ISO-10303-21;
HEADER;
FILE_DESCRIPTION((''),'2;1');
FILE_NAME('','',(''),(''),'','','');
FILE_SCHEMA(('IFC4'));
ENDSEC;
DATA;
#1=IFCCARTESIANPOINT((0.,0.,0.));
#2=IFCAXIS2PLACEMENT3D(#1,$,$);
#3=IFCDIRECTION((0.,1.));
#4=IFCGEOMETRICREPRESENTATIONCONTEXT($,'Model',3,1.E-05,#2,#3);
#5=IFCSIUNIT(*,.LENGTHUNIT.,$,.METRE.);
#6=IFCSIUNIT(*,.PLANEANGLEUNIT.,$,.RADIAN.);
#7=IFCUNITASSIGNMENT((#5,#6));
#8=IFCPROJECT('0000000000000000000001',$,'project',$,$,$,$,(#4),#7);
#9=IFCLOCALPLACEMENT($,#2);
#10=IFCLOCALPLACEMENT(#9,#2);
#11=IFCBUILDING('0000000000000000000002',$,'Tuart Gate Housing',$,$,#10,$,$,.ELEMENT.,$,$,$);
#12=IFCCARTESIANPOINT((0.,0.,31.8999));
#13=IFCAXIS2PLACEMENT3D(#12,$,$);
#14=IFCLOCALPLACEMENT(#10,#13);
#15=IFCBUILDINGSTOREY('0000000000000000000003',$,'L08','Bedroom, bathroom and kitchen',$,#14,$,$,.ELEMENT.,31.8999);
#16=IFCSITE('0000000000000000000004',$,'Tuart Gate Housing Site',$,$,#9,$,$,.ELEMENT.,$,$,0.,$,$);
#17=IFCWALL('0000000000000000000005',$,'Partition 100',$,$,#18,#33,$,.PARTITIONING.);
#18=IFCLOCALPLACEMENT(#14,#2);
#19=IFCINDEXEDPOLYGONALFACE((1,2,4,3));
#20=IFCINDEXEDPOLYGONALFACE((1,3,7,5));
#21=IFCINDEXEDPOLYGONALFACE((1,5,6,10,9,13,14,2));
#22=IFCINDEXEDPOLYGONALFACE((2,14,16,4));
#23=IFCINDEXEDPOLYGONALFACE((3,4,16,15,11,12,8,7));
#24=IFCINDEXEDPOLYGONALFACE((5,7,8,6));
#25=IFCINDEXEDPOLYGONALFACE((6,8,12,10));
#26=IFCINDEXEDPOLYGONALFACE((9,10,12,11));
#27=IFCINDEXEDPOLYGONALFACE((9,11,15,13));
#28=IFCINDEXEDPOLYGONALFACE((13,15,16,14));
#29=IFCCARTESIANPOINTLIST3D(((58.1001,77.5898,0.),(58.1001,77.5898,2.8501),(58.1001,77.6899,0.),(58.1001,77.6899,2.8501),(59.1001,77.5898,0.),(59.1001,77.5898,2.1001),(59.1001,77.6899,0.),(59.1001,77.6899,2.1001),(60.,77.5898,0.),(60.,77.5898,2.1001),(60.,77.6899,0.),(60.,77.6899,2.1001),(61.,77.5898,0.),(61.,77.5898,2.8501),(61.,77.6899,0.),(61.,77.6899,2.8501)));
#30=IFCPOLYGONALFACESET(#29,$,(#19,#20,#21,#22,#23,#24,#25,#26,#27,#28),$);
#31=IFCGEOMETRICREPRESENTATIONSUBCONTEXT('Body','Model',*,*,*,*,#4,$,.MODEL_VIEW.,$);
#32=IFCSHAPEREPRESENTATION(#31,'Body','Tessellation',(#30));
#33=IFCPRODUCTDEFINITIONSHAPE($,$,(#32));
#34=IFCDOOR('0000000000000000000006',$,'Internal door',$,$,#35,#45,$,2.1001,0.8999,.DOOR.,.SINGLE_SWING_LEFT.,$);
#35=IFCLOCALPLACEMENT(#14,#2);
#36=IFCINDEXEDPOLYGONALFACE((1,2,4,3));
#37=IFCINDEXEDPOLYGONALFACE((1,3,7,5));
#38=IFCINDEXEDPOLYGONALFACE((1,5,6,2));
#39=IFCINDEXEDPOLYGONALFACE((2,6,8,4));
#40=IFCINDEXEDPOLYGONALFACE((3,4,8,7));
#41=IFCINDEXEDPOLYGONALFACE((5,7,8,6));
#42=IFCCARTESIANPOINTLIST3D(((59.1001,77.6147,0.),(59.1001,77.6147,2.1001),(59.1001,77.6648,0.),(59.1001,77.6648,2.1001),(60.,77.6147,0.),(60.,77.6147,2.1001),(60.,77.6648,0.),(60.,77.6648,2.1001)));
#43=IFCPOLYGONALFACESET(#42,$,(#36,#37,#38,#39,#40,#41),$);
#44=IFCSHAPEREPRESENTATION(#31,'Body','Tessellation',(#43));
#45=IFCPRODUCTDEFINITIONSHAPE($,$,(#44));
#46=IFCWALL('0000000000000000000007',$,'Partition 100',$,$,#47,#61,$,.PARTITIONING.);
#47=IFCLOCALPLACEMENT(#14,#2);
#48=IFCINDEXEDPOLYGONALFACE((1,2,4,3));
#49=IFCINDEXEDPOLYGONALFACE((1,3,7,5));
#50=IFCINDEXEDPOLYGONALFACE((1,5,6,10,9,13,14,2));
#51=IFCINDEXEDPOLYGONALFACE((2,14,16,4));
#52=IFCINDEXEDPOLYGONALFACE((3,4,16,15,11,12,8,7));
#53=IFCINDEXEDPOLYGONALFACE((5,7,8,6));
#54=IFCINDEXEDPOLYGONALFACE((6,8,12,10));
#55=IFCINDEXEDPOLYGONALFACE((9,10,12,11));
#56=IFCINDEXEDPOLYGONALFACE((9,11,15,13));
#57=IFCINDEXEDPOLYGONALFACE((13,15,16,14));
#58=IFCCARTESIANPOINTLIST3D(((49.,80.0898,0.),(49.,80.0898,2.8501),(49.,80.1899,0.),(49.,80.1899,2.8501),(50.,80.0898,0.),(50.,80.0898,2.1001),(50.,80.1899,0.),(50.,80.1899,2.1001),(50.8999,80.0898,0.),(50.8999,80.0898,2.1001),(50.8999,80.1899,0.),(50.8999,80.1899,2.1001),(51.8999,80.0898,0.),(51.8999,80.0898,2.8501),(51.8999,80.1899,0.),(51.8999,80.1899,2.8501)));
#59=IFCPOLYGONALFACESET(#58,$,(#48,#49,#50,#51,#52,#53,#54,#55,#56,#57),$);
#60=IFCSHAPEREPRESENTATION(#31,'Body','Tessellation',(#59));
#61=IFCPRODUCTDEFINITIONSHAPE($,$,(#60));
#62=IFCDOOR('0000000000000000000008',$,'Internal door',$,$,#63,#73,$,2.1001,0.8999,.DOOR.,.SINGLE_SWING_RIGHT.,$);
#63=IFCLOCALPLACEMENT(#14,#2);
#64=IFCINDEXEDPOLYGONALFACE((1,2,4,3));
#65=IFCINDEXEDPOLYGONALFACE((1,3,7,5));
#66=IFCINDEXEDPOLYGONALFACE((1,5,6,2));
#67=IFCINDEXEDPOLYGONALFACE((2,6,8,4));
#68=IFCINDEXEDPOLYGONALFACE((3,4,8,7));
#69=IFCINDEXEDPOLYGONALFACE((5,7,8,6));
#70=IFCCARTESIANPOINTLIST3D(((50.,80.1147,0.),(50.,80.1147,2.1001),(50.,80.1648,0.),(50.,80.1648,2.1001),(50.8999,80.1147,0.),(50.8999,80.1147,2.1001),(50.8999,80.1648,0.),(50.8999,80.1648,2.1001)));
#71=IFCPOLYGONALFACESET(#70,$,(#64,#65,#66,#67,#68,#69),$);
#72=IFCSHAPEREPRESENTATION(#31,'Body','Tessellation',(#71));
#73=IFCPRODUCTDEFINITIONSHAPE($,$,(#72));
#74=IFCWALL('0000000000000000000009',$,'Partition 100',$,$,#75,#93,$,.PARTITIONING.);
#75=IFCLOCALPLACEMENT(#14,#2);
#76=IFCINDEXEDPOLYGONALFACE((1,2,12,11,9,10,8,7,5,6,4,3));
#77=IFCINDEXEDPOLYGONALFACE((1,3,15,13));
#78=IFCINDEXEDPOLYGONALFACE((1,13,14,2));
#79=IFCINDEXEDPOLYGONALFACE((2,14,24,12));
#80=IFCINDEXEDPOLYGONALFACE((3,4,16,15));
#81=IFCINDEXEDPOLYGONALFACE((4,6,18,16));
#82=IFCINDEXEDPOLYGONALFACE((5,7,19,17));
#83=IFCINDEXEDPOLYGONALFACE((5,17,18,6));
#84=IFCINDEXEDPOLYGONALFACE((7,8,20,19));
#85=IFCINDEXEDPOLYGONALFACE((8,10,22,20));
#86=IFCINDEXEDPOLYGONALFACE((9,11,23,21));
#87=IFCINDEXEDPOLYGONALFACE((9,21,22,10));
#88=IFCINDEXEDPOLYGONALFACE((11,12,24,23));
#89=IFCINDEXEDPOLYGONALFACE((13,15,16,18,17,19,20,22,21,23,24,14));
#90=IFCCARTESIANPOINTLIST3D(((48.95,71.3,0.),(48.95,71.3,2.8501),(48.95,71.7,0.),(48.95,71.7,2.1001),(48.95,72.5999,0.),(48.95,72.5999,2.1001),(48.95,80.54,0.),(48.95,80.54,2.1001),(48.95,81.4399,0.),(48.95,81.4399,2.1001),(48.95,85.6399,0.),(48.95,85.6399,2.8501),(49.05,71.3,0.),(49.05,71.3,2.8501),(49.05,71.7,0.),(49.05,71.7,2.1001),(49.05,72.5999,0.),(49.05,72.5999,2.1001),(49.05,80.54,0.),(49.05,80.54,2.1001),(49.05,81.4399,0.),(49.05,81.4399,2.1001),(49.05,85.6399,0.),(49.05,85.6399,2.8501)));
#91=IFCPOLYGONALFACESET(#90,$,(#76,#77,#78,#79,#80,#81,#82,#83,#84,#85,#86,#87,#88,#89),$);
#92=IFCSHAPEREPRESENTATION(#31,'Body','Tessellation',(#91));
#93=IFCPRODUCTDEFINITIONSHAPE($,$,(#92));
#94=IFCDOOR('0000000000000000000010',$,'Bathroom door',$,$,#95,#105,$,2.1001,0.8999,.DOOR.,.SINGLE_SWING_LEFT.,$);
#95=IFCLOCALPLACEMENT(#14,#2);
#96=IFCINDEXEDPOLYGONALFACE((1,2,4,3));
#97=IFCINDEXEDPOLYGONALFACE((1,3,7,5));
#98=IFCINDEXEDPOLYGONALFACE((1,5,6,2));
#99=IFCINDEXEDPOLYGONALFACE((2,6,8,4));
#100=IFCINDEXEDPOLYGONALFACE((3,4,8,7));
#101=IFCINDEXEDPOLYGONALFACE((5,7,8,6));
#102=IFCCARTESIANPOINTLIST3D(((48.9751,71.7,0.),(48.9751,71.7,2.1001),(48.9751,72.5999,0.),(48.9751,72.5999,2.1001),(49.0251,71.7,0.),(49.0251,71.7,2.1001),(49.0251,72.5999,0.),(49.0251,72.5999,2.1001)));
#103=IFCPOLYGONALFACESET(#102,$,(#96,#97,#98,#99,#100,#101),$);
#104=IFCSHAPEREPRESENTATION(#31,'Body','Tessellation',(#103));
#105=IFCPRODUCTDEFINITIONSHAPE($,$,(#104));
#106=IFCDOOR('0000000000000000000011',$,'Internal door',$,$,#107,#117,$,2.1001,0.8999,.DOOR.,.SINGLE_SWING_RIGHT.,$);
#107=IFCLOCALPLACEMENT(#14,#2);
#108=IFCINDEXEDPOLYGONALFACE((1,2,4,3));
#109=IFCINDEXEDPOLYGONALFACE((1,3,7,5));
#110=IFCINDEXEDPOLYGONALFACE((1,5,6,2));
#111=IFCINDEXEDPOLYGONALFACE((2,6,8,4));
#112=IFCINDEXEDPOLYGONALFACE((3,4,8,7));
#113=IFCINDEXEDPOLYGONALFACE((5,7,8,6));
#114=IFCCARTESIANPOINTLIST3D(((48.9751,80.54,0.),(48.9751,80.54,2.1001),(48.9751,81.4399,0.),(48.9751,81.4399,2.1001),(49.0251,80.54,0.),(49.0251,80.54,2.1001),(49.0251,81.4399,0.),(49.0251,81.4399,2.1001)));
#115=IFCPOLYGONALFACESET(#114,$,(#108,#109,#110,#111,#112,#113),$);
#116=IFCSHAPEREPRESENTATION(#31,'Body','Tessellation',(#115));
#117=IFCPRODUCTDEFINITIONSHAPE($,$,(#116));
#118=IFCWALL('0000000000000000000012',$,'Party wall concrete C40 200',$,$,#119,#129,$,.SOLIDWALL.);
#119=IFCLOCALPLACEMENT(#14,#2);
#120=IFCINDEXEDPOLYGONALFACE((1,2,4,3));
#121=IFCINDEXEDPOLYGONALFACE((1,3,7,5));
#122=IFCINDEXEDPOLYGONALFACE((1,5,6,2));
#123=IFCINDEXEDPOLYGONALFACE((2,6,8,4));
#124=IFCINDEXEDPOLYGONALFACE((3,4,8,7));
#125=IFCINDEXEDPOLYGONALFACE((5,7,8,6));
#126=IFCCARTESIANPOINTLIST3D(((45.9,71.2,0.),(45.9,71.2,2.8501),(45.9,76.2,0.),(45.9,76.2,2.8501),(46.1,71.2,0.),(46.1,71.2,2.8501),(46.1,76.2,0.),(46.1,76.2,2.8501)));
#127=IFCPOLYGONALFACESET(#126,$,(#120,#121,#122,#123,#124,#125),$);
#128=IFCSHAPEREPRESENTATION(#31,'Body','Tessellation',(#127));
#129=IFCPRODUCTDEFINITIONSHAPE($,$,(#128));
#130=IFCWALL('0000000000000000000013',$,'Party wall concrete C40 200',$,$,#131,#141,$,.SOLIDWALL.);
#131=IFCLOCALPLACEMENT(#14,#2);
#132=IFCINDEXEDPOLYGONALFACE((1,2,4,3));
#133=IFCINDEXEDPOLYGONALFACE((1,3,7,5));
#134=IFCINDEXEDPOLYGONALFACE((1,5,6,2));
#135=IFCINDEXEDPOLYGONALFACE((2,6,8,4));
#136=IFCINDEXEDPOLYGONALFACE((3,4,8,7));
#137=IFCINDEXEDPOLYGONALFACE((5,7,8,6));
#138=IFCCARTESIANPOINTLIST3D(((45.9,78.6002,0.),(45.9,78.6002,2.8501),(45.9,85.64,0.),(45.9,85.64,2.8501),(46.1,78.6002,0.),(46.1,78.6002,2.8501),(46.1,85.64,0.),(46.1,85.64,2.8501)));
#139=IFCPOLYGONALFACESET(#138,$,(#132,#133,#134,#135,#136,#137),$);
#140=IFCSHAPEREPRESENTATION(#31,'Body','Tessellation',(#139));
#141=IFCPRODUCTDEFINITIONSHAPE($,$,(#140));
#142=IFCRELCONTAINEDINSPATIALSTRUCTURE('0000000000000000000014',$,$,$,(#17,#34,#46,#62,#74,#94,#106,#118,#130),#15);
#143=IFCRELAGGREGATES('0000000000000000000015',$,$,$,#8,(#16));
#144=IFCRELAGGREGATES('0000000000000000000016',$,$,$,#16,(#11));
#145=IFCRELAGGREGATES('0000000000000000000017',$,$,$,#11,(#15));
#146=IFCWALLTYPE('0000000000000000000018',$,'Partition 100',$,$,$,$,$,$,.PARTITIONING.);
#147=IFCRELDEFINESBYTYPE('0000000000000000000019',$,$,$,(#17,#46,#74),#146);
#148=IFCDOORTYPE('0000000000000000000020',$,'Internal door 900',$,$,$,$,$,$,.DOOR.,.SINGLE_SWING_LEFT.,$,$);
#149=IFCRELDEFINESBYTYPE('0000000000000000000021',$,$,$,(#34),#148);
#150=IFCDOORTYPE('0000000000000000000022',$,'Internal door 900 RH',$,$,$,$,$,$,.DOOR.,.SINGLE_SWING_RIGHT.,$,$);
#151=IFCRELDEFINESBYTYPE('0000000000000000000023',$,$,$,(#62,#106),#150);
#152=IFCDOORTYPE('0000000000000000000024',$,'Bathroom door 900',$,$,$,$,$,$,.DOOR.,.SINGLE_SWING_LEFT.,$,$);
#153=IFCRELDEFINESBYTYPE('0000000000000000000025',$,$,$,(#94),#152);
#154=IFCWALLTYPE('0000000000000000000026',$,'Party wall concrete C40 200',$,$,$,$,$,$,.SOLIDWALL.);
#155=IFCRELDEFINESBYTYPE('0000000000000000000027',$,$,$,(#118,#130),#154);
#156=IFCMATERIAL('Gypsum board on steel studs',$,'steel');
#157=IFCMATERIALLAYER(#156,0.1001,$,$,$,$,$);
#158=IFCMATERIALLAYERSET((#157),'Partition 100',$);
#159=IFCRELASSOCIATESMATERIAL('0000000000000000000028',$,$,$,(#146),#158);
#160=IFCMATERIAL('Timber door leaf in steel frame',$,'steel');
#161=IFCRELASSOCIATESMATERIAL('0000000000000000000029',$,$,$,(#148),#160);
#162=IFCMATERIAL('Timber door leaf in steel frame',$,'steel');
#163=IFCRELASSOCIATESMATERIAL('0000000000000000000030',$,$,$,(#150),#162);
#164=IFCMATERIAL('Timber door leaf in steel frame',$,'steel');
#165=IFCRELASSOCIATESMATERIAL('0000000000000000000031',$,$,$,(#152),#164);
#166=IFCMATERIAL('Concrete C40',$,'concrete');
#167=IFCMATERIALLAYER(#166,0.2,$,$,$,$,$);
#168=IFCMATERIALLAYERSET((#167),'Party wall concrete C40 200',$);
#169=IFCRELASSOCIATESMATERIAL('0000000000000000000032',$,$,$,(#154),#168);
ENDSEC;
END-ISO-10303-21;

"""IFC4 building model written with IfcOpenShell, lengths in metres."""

from ifc_helpers import new_model, si_unit, direction, frame, frame_2d, origin, place, context, subcontext, project, spatial, rectangle, extrude, material, layer, layer_set, type_object, element, fill, save


model = new_model("IFC4")

# Units and contexts
model_context = context("Model", 3, precision=1e-05, world=origin(), true_north=direction((0.0, 1.0)))
body_context = subcontext(model_context, "Body", "Model", "MODEL_VIEW")
ifc_project = project(units=[si_unit("LENGTHUNIT", "METRE"), si_unit("PLANEANGLEUNIT", "RADIAN")], contexts=[model_context])

# Site, building, storey
site_placement = place(None, origin())
site = spatial("IfcSite", under=ifc_project, at=site_placement, Name="Tuart Gate Housing Site", CompositionType="ELEMENT", RefElevation=0.0)
building_placement = place(site_placement, origin())
building = spatial("IfcBuilding", under=site, at=building_placement, Name="Tuart Gate Housing", CompositionType="ELEMENT")
storey_placement = place(building_placement, frame((0.0, 0.0, 31.8999)))
storey = spatial("IfcBuildingStorey", under=building, at=storey_placement, Name="L08", Description="Bedroom, bathroom and kitchen", CompositionType="ELEMENT", Elevation=31.8999)

# Shared definitions
ifc_material_1 = material(Name="Gypsum board on steel studs", Category="steel")
ifc_layer_1 = layer(ifc_material_1, 0.1001)
ifc_layer_set_1 = layer_set([ifc_layer_1], Name="Partition 100")
wall_type_1 = type_object("IfcWallType", Name="Partition 100", PredefinedType="PARTITIONING", material=ifc_layer_set_1)

# Walls, openings, doors
wall_1_placement = place(storey_placement, frame((58.1001, 77.6399, 0.0), z_axis=(0.0, 0.0, 1.0), x_axis=(1.0, 0.0, 0.0)))
wall_1 = element("IfcWall", 1, at=wall_1_placement, inside=storey, type_object=wall_type_1, Name="Partition 100", PredefinedType="PARTITIONING", context=body_context, shape_type="SweptSolid", body=[
    extrude(rectangle(XDim=2.8999, YDim=0.1001, at=frame_2d((1.45, 0.0))), origin(), (0.0, 0.0, 1.0), 2.8501),
])
opening_1_placement = place(wall_1_placement, frame((1.0, 0.0, 0.0)))
opening_1 = element("IfcOpeningElement", 2, at=opening_1_placement, cuts=wall_1, PredefinedType="OPENING", context=body_context, shape_type="SweptSolid", body=[
    extrude(rectangle(XDim=0.8999, YDim=2.1001, at=frame_2d((0.45, 1.05))), frame((0.0, 0.0601, 0.0), z_axis=(0.0, -1.0, 0.0), x_axis=(1.0, 0.0, 0.0)), (0.0, 0.0, 1.0), 0.1201),
])
ifc_material_2 = material(Name="Timber door leaf in steel frame", Category="steel")
door_type_1 = type_object("IfcDoorType", Name="Internal door 900", OperationType="SINGLE_SWING_LEFT", PredefinedType="DOOR", material=ifc_material_2)
door_1_placement = place(opening_1_placement, frame((0.8999, 0.0, 0.0), z_axis=(0.0, 0.0, 1.0), x_axis=(-1.0, 0.0, 0.0)))
door_1 = element("IfcDoor", 3, at=door_1_placement, inside=storey, type_object=door_type_1, Name="Internal door", OperationType="SINGLE_SWING_LEFT", OverallHeight=2.1001, OverallWidth=0.8999, PredefinedType="DOOR", context=body_context, shape_type="SweptSolid", body=[
    extrude(rectangle(XDim=0.8999, YDim=2.1001, at=frame_2d((0.45, 1.05))), frame((0.0, 0.0251, 0.0), z_axis=(0.0, -1.0, 0.0), x_axis=(1.0, 0.0, 0.0)), (0.0, 0.0, 1.0), 0.05),
])
fill(opening_1, door_1)
wall_2_placement = place(storey_placement, frame((49.0, 80.1399, 0.0), z_axis=(0.0, 0.0, 1.0), x_axis=(1.0, 0.0, 0.0)))
wall_2 = element("IfcWall", 4, at=wall_2_placement, inside=storey, type_object=wall_type_1, Name="Partition 100", PredefinedType="PARTITIONING", context=body_context, shape_type="SweptSolid", body=[
    extrude(rectangle(XDim=2.8999, YDim=0.1001, at=frame_2d((1.45, 0.0))), origin(), (0.0, 0.0, 1.0), 2.8501),
])
opening_2_placement = place(wall_2_placement, frame((1.0, 0.0, 0.0)))
opening_2 = element("IfcOpeningElement", 5, at=opening_2_placement, cuts=wall_2, PredefinedType="OPENING", context=body_context, shape_type="SweptSolid", body=[
    extrude(rectangle(XDim=0.8999, YDim=2.1001, at=frame_2d((0.45, 1.05))), frame((0.0, 0.0601, 0.0), z_axis=(0.0, -1.0, 0.0), x_axis=(1.0, 0.0, 0.0)), (0.0, 0.0, 1.0), 0.1201),
])
ifc_material_3 = material(Name="Timber door leaf in steel frame", Category="steel")
door_type_2 = type_object("IfcDoorType", Name="Internal door 900 RH", OperationType="SINGLE_SWING_RIGHT", PredefinedType="DOOR", material=ifc_material_3)
door_2_placement = place(opening_2_placement, frame((0.8999, 0.0, 0.0), z_axis=(0.0, 0.0, 1.0), x_axis=(-1.0, 0.0, 0.0)))
door_2 = element("IfcDoor", 6, at=door_2_placement, inside=storey, type_object=door_type_2, Name="Internal door", OperationType="SINGLE_SWING_RIGHT", OverallHeight=2.1001, OverallWidth=0.8999, PredefinedType="DOOR", context=body_context, shape_type="SweptSolid", body=[
    extrude(rectangle(XDim=0.8999, YDim=2.1001, at=frame_2d((0.45, 1.05))), frame((0.0, 0.0251, 0.0), z_axis=(0.0, -1.0, 0.0), x_axis=(1.0, 0.0, 0.0)), (0.0, 0.0, 1.0), 0.05),
])
fill(opening_2, door_2)

# Wall, openings, doors
wall_3_placement = place(storey_placement, frame((49.0, 71.3, 0.0), z_axis=(0.0, 0.0, 1.0), x_axis=(0.0, 1.0, 0.0)))
wall_3 = element("IfcWall", 7, at=wall_3_placement, inside=storey, type_object=wall_type_1, Name="Partition 100", PredefinedType="PARTITIONING", context=body_context, shape_type="SweptSolid", body=[
    extrude(rectangle(XDim=14.3398, YDim=0.1001, at=frame_2d((7.1699, 0.0))), origin(), (0.0, 0.0, 1.0), 2.8501),
])
opening_3_placement = place(wall_3_placement, frame((9.24, 0.0, 0.0)))
opening_3 = element("IfcOpeningElement", 8, at=opening_3_placement, cuts=wall_3, PredefinedType="OPENING", context=body_context, shape_type="SweptSolid", body=[
    extrude(rectangle(XDim=0.8999, YDim=2.1001, at=frame_2d((0.45, 1.05))), frame((0.0, 0.0601, 0.0), z_axis=(0.0, -1.0, 0.0), x_axis=(1.0, 0.0, 0.0)), (0.0, 0.0, 1.0), 0.1201),
])
opening_4_placement = place(wall_3_placement, frame((0.3999, 0.0, 0.0)))
opening_4 = element("IfcOpeningElement", 9, at=opening_4_placement, cuts=wall_3, PredefinedType="OPENING", context=body_context, shape_type="SweptSolid", body=[
    extrude(rectangle(XDim=0.8999, YDim=2.1001, at=frame_2d((0.45, 1.05))), frame((0.0, 0.0601, 0.0), z_axis=(0.0, -1.0, 0.0), x_axis=(1.0, 0.0, 0.0)), (0.0, 0.0, 1.0), 0.1201),
])
ifc_material_4 = material(Name="Timber door leaf in steel frame", Category="steel")
door_type_3 = type_object("IfcDoorType", Name="Bathroom door 900", OperationType="SINGLE_SWING_LEFT", PredefinedType="DOOR", material=ifc_material_4)
door_3_placement = place(opening_4_placement, origin())
door_3 = element("IfcDoor", 10, at=door_3_placement, inside=storey, type_object=door_type_3, Name="Bathroom door", OperationType="SINGLE_SWING_LEFT", OverallHeight=2.1001, OverallWidth=0.8999, PredefinedType="DOOR", context=body_context, shape_type="SweptSolid", body=[
    extrude(rectangle(XDim=0.8999, YDim=2.1001, at=frame_2d((0.45, 1.05))), frame((0.0, 0.0249, 0.0), z_axis=(0.0, -1.0, 0.0), x_axis=(1.0, 0.0, 0.0)), (0.0, 0.0, 1.0), 0.05),
])
fill(opening_4, door_3)
door_4_placement = place(opening_3_placement, origin())
door_4 = element("IfcDoor", 11, at=door_4_placement, inside=storey, type_object=door_type_2, Name="Internal door", OperationType="SINGLE_SWING_RIGHT", OverallHeight=2.1001, OverallWidth=0.8999, PredefinedType="DOOR", context=body_context, shape_type="SweptSolid", body=[
    extrude(rectangle(XDim=0.8999, YDim=2.1001, at=frame_2d((0.45, 1.05))), frame((0.0, 0.0249, 0.0), z_axis=(0.0, -1.0, 0.0), x_axis=(1.0, 0.0, 0.0)), (0.0, 0.0, 1.0), 0.05),
])
fill(opening_3, door_4)

# Walls
ifc_material_5 = material(Name="Concrete C40", Category="concrete")
ifc_layer_2 = layer(ifc_material_5, 0.2)
ifc_layer_set_2 = layer_set([ifc_layer_2], Name="Party wall concrete C40 200")
wall_type_2 = type_object("IfcWallType", Name="Party wall concrete C40 200", PredefinedType="SOLIDWALL", material=ifc_layer_set_2)
wall_4_placement = place(storey_placement, frame((46.0, 71.2, 0.0), z_axis=(0.0, 0.0, 1.0), x_axis=(0.0, 1.0, 0.0)))
element("IfcWall", 12, at=wall_4_placement, inside=storey, type_object=wall_type_2, Name="Party wall concrete C40 200", PredefinedType="SOLIDWALL", context=body_context, shape_type="SweptSolid", body=[
    extrude(rectangle(XDim=5.0, YDim=0.2, at=frame_2d((2.5, 0.0))), origin(), (0.0, 0.0, 1.0), 2.8501),
])
wall_5_placement = place(storey_placement, frame((46.0, 78.6001, 0.0), z_axis=(0.0, 0.0, 1.0), x_axis=(0.0, 1.0, 0.0)))
element("IfcWall", 13, at=wall_5_placement, inside=storey, type_object=wall_type_2, Name="Party wall concrete C40 200", PredefinedType="SOLIDWALL", context=body_context, shape_type="SweptSolid", body=[
    extrude(rectangle(XDim=7.0398, YDim=0.2, at=frame_2d((3.52, 0.0))), origin(), (0.0, 0.0, 1.0), 2.8501),
])

save(model, "model.ifc")
